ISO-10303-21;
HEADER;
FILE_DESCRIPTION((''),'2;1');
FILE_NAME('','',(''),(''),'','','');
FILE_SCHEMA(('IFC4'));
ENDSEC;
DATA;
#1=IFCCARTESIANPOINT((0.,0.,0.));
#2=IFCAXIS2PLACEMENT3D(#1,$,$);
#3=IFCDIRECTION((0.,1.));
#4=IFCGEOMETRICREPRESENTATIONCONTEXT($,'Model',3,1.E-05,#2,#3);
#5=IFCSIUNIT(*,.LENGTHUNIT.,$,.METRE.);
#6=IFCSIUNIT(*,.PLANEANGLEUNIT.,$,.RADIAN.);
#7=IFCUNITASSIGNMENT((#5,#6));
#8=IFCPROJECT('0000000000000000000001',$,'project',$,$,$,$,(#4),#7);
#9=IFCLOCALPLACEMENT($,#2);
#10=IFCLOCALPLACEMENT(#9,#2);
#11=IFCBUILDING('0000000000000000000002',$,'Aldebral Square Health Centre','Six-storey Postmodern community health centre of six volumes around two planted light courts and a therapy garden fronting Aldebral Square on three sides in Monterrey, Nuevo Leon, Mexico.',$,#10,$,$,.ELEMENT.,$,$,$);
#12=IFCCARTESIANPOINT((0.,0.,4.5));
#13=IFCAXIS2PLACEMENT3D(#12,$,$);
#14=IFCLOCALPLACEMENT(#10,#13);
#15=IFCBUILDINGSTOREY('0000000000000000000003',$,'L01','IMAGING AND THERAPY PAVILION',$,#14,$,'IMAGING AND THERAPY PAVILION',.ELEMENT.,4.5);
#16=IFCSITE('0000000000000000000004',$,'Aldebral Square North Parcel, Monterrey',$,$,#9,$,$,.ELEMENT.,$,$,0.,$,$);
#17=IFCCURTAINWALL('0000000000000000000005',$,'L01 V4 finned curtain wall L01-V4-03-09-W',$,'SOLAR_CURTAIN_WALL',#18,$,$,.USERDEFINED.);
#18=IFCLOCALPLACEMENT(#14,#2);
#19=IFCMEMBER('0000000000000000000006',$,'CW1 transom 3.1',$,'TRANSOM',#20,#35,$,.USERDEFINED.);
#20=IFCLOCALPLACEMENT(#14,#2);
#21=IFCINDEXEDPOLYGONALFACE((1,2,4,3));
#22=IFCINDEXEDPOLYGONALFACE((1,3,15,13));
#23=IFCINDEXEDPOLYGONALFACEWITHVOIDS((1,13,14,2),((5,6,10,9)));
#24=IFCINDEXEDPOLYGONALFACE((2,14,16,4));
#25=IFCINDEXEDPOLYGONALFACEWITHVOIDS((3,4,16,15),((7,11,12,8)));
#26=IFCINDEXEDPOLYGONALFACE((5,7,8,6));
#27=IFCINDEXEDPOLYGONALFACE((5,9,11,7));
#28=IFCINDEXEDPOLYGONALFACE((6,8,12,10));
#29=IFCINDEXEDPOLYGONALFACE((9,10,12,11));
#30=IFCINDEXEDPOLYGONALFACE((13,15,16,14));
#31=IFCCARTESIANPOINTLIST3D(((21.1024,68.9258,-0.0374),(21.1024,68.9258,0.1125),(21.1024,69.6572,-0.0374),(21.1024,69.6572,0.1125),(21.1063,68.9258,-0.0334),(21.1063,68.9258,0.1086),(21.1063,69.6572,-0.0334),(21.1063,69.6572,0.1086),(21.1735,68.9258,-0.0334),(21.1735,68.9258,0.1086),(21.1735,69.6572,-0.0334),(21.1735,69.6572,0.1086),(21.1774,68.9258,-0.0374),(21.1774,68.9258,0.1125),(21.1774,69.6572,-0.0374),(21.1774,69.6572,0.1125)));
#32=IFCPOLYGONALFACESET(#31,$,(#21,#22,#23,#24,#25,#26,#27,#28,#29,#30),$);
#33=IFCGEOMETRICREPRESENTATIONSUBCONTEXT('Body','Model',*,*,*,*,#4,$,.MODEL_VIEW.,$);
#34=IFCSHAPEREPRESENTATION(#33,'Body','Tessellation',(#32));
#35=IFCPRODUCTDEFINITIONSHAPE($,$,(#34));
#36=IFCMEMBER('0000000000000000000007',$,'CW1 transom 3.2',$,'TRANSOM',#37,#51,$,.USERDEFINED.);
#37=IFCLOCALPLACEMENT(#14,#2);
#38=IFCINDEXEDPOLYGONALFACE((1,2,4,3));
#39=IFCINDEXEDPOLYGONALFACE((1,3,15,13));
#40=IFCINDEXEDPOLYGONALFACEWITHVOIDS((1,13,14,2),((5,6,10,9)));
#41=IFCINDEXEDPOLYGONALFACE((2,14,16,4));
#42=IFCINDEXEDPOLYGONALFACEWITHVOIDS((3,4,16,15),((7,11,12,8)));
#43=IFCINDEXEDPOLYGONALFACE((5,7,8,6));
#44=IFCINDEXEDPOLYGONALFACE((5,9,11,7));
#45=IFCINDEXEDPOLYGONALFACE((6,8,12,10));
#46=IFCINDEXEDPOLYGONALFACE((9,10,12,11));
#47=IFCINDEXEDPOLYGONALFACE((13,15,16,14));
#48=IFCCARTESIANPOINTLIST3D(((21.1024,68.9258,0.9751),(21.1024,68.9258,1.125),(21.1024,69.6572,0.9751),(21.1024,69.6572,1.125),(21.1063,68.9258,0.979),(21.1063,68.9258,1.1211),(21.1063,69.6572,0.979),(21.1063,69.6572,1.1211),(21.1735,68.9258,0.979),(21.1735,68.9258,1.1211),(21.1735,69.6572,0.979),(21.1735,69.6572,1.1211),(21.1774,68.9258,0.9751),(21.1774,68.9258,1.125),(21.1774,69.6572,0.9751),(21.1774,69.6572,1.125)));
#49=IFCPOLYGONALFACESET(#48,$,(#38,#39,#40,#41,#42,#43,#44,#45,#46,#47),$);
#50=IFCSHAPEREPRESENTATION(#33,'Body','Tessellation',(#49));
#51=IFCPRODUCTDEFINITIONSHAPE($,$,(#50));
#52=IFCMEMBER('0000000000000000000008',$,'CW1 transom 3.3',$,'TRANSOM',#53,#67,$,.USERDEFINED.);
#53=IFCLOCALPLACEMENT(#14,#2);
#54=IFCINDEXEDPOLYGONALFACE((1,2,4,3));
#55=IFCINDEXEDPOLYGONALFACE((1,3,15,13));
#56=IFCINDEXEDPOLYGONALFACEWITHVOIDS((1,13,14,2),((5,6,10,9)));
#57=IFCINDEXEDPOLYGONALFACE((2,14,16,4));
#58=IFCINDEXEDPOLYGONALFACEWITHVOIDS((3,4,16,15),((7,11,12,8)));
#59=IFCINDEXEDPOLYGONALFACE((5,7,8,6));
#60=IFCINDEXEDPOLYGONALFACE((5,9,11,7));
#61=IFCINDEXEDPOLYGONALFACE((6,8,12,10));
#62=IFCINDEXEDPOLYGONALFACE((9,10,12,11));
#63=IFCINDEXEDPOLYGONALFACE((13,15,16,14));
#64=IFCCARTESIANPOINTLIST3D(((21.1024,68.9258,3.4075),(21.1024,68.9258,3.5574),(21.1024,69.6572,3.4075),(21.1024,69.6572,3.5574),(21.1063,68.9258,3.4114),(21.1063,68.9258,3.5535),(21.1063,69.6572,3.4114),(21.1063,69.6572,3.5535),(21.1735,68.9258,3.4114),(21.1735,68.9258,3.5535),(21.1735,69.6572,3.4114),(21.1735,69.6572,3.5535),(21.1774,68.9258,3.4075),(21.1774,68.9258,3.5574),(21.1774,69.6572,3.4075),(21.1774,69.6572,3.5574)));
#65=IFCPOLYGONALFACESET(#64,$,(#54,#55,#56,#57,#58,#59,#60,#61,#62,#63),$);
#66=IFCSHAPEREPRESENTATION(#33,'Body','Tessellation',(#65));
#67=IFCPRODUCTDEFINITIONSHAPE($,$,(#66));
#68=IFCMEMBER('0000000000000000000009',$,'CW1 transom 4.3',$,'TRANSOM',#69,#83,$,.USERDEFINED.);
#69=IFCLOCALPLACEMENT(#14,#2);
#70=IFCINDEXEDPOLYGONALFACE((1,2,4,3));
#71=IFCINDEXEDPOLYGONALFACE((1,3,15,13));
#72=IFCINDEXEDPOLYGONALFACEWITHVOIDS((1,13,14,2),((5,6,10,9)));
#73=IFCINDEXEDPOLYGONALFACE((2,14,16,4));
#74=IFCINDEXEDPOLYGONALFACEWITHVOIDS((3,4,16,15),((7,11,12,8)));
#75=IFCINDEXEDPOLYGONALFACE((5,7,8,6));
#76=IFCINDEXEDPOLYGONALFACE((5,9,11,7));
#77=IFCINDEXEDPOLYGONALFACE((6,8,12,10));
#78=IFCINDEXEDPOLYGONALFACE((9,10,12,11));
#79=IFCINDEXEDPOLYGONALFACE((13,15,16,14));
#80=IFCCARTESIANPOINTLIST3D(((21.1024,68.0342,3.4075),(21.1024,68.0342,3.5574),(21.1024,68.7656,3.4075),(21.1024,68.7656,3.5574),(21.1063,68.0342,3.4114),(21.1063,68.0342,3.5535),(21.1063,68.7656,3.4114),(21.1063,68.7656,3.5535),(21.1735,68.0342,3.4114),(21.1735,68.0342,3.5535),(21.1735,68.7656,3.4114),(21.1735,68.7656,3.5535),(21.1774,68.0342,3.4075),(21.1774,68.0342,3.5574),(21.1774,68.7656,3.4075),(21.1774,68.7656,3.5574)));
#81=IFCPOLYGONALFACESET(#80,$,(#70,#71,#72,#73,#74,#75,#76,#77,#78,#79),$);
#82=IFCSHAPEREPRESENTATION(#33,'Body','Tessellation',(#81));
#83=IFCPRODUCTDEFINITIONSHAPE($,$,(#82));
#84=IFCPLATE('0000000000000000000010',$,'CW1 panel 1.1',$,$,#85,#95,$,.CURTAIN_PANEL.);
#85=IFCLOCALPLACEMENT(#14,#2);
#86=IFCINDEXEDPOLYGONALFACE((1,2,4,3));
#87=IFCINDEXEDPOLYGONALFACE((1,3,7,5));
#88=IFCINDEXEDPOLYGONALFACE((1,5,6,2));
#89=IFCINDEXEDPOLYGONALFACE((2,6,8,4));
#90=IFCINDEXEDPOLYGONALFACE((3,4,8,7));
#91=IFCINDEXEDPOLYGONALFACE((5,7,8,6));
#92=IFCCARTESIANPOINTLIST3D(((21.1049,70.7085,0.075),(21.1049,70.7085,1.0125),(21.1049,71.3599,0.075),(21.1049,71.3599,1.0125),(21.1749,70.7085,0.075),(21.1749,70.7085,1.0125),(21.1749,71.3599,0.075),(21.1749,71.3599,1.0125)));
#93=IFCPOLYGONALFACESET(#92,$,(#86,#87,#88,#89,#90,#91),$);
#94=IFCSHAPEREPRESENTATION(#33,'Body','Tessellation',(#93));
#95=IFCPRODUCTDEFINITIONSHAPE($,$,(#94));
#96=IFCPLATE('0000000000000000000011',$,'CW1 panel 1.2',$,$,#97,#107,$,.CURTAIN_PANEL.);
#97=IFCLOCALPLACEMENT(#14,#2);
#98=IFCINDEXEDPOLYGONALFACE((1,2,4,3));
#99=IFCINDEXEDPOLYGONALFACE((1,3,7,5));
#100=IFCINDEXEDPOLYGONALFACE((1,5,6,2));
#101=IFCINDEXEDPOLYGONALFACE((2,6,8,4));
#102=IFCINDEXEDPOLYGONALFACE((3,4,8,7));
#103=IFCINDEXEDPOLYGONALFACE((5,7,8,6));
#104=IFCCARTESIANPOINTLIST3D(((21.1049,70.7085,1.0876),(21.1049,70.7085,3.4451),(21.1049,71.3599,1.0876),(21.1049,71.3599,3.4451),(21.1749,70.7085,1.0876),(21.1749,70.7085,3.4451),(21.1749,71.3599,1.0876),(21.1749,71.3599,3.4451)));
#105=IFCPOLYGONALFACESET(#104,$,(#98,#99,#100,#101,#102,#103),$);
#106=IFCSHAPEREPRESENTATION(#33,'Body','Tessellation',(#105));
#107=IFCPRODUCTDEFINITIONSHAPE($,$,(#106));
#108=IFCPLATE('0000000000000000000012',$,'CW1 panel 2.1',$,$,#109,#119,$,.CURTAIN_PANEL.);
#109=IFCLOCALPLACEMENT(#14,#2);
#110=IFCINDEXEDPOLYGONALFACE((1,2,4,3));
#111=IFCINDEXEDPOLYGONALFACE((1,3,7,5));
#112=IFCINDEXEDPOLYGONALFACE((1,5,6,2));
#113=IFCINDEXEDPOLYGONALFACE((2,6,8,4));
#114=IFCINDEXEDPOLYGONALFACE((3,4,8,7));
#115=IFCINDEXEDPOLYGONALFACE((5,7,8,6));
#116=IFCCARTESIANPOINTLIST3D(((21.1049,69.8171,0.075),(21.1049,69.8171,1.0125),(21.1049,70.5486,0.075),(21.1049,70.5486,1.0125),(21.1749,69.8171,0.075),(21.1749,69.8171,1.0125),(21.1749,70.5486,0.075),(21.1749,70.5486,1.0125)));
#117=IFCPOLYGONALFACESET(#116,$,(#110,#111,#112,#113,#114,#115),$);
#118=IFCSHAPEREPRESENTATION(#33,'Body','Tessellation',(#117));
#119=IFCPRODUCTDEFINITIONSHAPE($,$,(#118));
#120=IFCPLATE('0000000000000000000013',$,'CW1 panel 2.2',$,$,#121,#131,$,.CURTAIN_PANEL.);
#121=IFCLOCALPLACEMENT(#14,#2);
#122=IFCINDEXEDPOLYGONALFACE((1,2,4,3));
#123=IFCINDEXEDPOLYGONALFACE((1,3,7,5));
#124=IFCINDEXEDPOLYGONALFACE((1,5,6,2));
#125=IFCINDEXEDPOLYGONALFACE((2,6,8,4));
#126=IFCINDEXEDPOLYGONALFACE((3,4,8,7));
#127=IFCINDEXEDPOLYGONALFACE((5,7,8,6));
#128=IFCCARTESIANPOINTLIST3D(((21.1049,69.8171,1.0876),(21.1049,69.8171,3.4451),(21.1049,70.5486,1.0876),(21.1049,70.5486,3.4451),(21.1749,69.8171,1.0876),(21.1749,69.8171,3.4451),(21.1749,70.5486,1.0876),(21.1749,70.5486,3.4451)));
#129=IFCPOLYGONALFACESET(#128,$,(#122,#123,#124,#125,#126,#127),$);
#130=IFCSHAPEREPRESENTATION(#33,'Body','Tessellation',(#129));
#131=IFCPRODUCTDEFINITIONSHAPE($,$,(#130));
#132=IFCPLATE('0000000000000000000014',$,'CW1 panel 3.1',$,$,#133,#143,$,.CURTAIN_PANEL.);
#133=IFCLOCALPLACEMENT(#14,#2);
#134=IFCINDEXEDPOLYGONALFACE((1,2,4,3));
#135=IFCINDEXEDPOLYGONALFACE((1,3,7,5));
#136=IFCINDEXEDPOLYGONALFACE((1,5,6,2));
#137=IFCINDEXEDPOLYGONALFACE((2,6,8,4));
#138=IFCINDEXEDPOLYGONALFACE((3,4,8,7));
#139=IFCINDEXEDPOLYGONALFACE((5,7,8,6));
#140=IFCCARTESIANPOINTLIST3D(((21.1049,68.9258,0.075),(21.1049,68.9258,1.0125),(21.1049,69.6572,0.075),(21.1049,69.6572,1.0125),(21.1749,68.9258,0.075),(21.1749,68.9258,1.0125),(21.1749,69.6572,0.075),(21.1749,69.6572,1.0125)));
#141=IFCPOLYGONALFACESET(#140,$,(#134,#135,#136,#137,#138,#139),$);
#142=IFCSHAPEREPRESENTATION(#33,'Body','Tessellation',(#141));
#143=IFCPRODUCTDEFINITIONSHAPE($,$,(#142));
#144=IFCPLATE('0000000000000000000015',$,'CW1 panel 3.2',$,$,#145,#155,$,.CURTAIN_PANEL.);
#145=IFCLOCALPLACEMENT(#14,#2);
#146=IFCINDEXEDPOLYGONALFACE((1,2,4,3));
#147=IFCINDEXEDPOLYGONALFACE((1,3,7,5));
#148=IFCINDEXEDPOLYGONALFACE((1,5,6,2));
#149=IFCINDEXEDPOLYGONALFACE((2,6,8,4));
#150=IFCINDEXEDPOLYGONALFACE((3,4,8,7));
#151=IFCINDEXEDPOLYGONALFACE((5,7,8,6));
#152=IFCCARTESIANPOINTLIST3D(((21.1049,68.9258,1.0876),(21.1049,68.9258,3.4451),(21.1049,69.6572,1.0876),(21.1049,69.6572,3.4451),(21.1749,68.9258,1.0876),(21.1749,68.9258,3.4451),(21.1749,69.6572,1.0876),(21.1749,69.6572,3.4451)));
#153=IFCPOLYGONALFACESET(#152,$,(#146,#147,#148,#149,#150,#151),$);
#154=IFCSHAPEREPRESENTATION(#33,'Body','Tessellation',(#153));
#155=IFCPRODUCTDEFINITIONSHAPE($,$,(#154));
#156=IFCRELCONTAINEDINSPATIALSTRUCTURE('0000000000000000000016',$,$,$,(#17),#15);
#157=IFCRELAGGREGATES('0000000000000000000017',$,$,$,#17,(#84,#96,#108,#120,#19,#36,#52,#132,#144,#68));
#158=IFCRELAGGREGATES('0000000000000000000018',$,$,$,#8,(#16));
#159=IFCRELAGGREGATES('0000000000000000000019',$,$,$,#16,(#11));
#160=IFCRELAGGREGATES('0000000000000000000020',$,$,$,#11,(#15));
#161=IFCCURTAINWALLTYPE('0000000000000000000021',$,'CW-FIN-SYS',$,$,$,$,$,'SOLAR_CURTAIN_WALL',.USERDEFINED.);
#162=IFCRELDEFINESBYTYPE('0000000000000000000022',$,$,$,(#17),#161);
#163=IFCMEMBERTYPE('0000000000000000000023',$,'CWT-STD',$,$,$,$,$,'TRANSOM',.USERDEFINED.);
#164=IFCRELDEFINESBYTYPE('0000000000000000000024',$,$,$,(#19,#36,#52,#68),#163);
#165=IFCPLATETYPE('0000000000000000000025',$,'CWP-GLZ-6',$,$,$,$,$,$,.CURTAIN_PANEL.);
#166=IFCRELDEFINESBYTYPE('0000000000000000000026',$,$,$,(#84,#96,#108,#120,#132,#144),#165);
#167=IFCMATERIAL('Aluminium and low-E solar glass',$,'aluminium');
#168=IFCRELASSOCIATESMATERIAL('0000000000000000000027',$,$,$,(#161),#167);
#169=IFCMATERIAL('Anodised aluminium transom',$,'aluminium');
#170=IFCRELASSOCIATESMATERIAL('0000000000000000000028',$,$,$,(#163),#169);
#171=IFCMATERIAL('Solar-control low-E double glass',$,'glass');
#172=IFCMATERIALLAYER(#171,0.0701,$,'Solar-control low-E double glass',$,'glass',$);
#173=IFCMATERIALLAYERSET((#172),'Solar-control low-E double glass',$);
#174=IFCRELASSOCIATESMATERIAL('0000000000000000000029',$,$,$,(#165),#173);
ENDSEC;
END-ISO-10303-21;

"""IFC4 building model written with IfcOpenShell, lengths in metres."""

from ifc_helpers import new_model, si_unit, direction, frame, origin, origin_2d, place, context, subcontext, project, spatial, rectangle, hollow_rectangle, extrude, material, layer, layer_set, material_profile, profile_set, type_object, element, aggregate, save


model = new_model("IFC4")

# Units and contexts
model_context = context("Model", 3, precision=1e-05, world=origin(), true_north=direction((0.0, 1.0)))
body_context = subcontext(model_context, "Body", "Model", "MODEL_VIEW")
ifc_project = project(units=[si_unit("LENGTHUNIT", "METRE"), si_unit("PLANEANGLEUNIT", "RADIAN")], contexts=[model_context])

# Site, building, storey
site_placement = place(None, origin())
site = spatial("IfcSite", under=ifc_project, at=site_placement, Name="Aldebral Square North Parcel, Monterrey", CompositionType="ELEMENT", RefElevation=0.0)
building_placement = place(site_placement, origin())
building = spatial("IfcBuilding", under=site, at=building_placement, Name="Aldebral Square Health Centre", Description="Six-storey Postmodern community health centre of six volumes around two planted light courts and a therapy garden fronting Aldebral Square on three sides in Monterrey, Nuevo Leon, Mexico.", CompositionType="ELEMENT")
storey_placement = place(building_placement, frame((0.0, 0.0, 4.5)))
storey = spatial("IfcBuildingStorey", under=building, at=storey_placement, Name="L01", Description="IMAGING AND THERAPY PAVILION", LongName="IMAGING AND THERAPY PAVILION", CompositionType="ELEMENT", Elevation=4.5)

# Curtain wall
ifc_material_1 = material(Name="Aluminium and low-E solar glass", Category="aluminium")
curtain_wall_type = type_object("IfcCurtainWallType", Name="CW-FIN-SYS", ElementType="SOLAR_CURTAIN_WALL", PredefinedType="USERDEFINED", material=ifc_material_1)
curtain_wall_1_placement = place(storey_placement, origin())
curtain_wall_1 = element("IfcCurtainWall", 1, at=curtain_wall_1_placement, inside=storey, type_object=curtain_wall_type, Name="L01 V4 finned curtain wall L01-V4-03-09-W", ObjectType="SOLAR_CURTAIN_WALL", PredefinedType="USERDEFINED")

# Members
ifc_material_2 = material(Name="Anodised aluminium transom", Category="aluminium")
ifc_material_profile_1 = material_profile(ifc_material_2, hollow_rectangle(XDim=0.075, YDim=0.1499, WallThickness=0.0039, at=origin_2d()), Name="CWT 75x150x4")
ifc_profile_set_1 = profile_set([ifc_material_profile_1], Name="Anodised aluminium transom")
member_type_1 = type_object("IfcMemberType", Name="CWT-STD", ElementType="TRANSOM", PredefinedType="USERDEFINED", material=ifc_profile_set_1)
member_1_placement = place(storey_placement, frame((21.1399, 69.6572, 0.0376), z_axis=(0.0, -1.0, 0.0), x_axis=(1.0, 0.0, 0.0)))
member_1 = element("IfcMember", 2, at=member_1_placement, type_object=member_type_1, Name="CW1 transom 3.1", ObjectType="TRANSOM", PredefinedType="USERDEFINED", context=body_context, shape_type="SweptSolid", body=[
    extrude(hollow_rectangle(XDim=0.075, YDim=0.1499, WallThickness=0.0039, at=origin_2d()), origin(), (0.0, 0.0, 1.0), 0.7314),
])
member_2_placement = place(storey_placement, frame((21.1399, 69.6572, 1.05), z_axis=(0.0, -1.0, 0.0), x_axis=(1.0, 0.0, 0.0)))
member_2 = element("IfcMember", 3, at=member_2_placement, type_object=member_type_1, Name="CW1 transom 3.2", ObjectType="TRANSOM", PredefinedType="USERDEFINED", context=body_context, shape_type="SweptSolid", body=[
    extrude(hollow_rectangle(XDim=0.075, YDim=0.1499, WallThickness=0.0039, at=origin_2d()), origin(), (0.0, 0.0, 1.0), 0.7314),
])
member_3_placement = place(storey_placement, frame((21.1399, 69.6572, 3.4824), z_axis=(0.0, -1.0, 0.0), x_axis=(1.0, 0.0, 0.0)))
member_3 = element("IfcMember", 4, at=member_3_placement, type_object=member_type_1, Name="CW1 transom 3.3", ObjectType="TRANSOM", PredefinedType="USERDEFINED", context=body_context, shape_type="SweptSolid", body=[
    extrude(hollow_rectangle(XDim=0.075, YDim=0.1499, WallThickness=0.0039, at=origin_2d()), origin(), (0.0, 0.0, 1.0), 0.7314),
])
member_4_placement = place(storey_placement, frame((21.1399, 68.7656, 3.4824), z_axis=(0.0, -1.0, 0.0), x_axis=(1.0, 0.0, 0.0)))
member_4 = element("IfcMember", 5, at=member_4_placement, type_object=member_type_1, Name="CW1 transom 4.3", ObjectType="TRANSOM", PredefinedType="USERDEFINED", context=body_context, shape_type="SweptSolid", body=[
    extrude(hollow_rectangle(XDim=0.075, YDim=0.1499, WallThickness=0.0039, at=origin_2d()), origin(), (0.0, 0.0, 1.0), 0.7314),
])

# Plates
ifc_material_3 = material(Name="Solar-control low-E double glass", Category="glass")
ifc_layer = layer(ifc_material_3, 0.0701, Name="Solar-control low-E double glass", Category="glass")
ifc_layer_set = layer_set([ifc_layer], Name="Solar-control low-E double glass")
plate_type = type_object("IfcPlateType", Name="CWP-GLZ-6", PredefinedType="CURTAIN_PANEL", material=ifc_layer_set)
plate_1_placement = place(storey_placement, frame((21.1399, 71.0342, 0.075), z_axis=(0.0, 0.0, 1.0), x_axis=(0.0, -1.0, 0.0)))
plate_1 = element("IfcPlate", 6, at=plate_1_placement, type_object=plate_type, Name="CW1 panel 1.1", PredefinedType="CURTAIN_PANEL", context=body_context, shape_type="SweptSolid", body=[
    extrude(rectangle(XDim=0.6514, YDim=0.0701, at=origin_2d()), origin(), (0.0, 0.0, 1.0), 0.9375),
])
plate_2_placement = place(storey_placement, frame((21.1399, 71.0342, 1.0876), z_axis=(0.0, 0.0, 1.0), x_axis=(0.0, -1.0, 0.0)))
plate_2 = element("IfcPlate", 7, at=plate_2_placement, type_object=plate_type, Name="CW1 panel 1.2", PredefinedType="CURTAIN_PANEL", context=body_context, shape_type="SweptSolid", body=[
    extrude(rectangle(XDim=0.6514, YDim=0.0701, at=origin_2d()), origin(), (0.0, 0.0, 1.0), 2.3574),
])
plate_3_placement = place(storey_placement, frame((21.1399, 70.1829, 0.075), z_axis=(0.0, 0.0, 1.0), x_axis=(0.0, -1.0, 0.0)))
plate_3 = element("IfcPlate", 8, at=plate_3_placement, type_object=plate_type, Name="CW1 panel 2.1", PredefinedType="CURTAIN_PANEL", context=body_context, shape_type="SweptSolid", body=[
    extrude(rectangle(XDim=0.7314, YDim=0.0701, at=origin_2d()), origin(), (0.0, 0.0, 1.0), 0.9375),
])
plate_4_placement = place(storey_placement, frame((21.1399, 70.1829, 1.0876), z_axis=(0.0, 0.0, 1.0), x_axis=(0.0, -1.0, 0.0)))
plate_4 = element("IfcPlate", 9, at=plate_4_placement, type_object=plate_type, Name="CW1 panel 2.2", PredefinedType="CURTAIN_PANEL", context=body_context, shape_type="SweptSolid", body=[
    extrude(rectangle(XDim=0.7314, YDim=0.0701, at=origin_2d()), origin(), (0.0, 0.0, 1.0), 2.3574),
])
plate_5_placement = place(storey_placement, frame((21.1399, 69.2915, 0.075), z_axis=(0.0, 0.0, 1.0), x_axis=(0.0, -1.0, 0.0)))
plate_5 = element("IfcPlate", 10, at=plate_5_placement, type_object=plate_type, Name="CW1 panel 3.1", PredefinedType="CURTAIN_PANEL", context=body_context, shape_type="SweptSolid", body=[
    extrude(rectangle(XDim=0.7314, YDim=0.0701, at=origin_2d()), origin(), (0.0, 0.0, 1.0), 0.9375),
])
plate_6_placement = place(storey_placement, frame((21.1399, 69.2915, 1.0876), z_axis=(0.0, 0.0, 1.0), x_axis=(0.0, -1.0, 0.0)))
plate_6 = element("IfcPlate", 11, at=plate_6_placement, type_object=plate_type, Name="CW1 panel 3.2", PredefinedType="CURTAIN_PANEL", context=body_context, shape_type="SweptSolid", body=[
    extrude(rectangle(XDim=0.7314, YDim=0.0701, at=origin_2d()), origin(), (0.0, 0.0, 1.0), 2.3574),
])
aggregate(curtain_wall_1, [plate_1, plate_2, plate_3, plate_4, member_1, member_2, member_3, plate_5, plate_6, member_4])

save(model, "model.ifc")
